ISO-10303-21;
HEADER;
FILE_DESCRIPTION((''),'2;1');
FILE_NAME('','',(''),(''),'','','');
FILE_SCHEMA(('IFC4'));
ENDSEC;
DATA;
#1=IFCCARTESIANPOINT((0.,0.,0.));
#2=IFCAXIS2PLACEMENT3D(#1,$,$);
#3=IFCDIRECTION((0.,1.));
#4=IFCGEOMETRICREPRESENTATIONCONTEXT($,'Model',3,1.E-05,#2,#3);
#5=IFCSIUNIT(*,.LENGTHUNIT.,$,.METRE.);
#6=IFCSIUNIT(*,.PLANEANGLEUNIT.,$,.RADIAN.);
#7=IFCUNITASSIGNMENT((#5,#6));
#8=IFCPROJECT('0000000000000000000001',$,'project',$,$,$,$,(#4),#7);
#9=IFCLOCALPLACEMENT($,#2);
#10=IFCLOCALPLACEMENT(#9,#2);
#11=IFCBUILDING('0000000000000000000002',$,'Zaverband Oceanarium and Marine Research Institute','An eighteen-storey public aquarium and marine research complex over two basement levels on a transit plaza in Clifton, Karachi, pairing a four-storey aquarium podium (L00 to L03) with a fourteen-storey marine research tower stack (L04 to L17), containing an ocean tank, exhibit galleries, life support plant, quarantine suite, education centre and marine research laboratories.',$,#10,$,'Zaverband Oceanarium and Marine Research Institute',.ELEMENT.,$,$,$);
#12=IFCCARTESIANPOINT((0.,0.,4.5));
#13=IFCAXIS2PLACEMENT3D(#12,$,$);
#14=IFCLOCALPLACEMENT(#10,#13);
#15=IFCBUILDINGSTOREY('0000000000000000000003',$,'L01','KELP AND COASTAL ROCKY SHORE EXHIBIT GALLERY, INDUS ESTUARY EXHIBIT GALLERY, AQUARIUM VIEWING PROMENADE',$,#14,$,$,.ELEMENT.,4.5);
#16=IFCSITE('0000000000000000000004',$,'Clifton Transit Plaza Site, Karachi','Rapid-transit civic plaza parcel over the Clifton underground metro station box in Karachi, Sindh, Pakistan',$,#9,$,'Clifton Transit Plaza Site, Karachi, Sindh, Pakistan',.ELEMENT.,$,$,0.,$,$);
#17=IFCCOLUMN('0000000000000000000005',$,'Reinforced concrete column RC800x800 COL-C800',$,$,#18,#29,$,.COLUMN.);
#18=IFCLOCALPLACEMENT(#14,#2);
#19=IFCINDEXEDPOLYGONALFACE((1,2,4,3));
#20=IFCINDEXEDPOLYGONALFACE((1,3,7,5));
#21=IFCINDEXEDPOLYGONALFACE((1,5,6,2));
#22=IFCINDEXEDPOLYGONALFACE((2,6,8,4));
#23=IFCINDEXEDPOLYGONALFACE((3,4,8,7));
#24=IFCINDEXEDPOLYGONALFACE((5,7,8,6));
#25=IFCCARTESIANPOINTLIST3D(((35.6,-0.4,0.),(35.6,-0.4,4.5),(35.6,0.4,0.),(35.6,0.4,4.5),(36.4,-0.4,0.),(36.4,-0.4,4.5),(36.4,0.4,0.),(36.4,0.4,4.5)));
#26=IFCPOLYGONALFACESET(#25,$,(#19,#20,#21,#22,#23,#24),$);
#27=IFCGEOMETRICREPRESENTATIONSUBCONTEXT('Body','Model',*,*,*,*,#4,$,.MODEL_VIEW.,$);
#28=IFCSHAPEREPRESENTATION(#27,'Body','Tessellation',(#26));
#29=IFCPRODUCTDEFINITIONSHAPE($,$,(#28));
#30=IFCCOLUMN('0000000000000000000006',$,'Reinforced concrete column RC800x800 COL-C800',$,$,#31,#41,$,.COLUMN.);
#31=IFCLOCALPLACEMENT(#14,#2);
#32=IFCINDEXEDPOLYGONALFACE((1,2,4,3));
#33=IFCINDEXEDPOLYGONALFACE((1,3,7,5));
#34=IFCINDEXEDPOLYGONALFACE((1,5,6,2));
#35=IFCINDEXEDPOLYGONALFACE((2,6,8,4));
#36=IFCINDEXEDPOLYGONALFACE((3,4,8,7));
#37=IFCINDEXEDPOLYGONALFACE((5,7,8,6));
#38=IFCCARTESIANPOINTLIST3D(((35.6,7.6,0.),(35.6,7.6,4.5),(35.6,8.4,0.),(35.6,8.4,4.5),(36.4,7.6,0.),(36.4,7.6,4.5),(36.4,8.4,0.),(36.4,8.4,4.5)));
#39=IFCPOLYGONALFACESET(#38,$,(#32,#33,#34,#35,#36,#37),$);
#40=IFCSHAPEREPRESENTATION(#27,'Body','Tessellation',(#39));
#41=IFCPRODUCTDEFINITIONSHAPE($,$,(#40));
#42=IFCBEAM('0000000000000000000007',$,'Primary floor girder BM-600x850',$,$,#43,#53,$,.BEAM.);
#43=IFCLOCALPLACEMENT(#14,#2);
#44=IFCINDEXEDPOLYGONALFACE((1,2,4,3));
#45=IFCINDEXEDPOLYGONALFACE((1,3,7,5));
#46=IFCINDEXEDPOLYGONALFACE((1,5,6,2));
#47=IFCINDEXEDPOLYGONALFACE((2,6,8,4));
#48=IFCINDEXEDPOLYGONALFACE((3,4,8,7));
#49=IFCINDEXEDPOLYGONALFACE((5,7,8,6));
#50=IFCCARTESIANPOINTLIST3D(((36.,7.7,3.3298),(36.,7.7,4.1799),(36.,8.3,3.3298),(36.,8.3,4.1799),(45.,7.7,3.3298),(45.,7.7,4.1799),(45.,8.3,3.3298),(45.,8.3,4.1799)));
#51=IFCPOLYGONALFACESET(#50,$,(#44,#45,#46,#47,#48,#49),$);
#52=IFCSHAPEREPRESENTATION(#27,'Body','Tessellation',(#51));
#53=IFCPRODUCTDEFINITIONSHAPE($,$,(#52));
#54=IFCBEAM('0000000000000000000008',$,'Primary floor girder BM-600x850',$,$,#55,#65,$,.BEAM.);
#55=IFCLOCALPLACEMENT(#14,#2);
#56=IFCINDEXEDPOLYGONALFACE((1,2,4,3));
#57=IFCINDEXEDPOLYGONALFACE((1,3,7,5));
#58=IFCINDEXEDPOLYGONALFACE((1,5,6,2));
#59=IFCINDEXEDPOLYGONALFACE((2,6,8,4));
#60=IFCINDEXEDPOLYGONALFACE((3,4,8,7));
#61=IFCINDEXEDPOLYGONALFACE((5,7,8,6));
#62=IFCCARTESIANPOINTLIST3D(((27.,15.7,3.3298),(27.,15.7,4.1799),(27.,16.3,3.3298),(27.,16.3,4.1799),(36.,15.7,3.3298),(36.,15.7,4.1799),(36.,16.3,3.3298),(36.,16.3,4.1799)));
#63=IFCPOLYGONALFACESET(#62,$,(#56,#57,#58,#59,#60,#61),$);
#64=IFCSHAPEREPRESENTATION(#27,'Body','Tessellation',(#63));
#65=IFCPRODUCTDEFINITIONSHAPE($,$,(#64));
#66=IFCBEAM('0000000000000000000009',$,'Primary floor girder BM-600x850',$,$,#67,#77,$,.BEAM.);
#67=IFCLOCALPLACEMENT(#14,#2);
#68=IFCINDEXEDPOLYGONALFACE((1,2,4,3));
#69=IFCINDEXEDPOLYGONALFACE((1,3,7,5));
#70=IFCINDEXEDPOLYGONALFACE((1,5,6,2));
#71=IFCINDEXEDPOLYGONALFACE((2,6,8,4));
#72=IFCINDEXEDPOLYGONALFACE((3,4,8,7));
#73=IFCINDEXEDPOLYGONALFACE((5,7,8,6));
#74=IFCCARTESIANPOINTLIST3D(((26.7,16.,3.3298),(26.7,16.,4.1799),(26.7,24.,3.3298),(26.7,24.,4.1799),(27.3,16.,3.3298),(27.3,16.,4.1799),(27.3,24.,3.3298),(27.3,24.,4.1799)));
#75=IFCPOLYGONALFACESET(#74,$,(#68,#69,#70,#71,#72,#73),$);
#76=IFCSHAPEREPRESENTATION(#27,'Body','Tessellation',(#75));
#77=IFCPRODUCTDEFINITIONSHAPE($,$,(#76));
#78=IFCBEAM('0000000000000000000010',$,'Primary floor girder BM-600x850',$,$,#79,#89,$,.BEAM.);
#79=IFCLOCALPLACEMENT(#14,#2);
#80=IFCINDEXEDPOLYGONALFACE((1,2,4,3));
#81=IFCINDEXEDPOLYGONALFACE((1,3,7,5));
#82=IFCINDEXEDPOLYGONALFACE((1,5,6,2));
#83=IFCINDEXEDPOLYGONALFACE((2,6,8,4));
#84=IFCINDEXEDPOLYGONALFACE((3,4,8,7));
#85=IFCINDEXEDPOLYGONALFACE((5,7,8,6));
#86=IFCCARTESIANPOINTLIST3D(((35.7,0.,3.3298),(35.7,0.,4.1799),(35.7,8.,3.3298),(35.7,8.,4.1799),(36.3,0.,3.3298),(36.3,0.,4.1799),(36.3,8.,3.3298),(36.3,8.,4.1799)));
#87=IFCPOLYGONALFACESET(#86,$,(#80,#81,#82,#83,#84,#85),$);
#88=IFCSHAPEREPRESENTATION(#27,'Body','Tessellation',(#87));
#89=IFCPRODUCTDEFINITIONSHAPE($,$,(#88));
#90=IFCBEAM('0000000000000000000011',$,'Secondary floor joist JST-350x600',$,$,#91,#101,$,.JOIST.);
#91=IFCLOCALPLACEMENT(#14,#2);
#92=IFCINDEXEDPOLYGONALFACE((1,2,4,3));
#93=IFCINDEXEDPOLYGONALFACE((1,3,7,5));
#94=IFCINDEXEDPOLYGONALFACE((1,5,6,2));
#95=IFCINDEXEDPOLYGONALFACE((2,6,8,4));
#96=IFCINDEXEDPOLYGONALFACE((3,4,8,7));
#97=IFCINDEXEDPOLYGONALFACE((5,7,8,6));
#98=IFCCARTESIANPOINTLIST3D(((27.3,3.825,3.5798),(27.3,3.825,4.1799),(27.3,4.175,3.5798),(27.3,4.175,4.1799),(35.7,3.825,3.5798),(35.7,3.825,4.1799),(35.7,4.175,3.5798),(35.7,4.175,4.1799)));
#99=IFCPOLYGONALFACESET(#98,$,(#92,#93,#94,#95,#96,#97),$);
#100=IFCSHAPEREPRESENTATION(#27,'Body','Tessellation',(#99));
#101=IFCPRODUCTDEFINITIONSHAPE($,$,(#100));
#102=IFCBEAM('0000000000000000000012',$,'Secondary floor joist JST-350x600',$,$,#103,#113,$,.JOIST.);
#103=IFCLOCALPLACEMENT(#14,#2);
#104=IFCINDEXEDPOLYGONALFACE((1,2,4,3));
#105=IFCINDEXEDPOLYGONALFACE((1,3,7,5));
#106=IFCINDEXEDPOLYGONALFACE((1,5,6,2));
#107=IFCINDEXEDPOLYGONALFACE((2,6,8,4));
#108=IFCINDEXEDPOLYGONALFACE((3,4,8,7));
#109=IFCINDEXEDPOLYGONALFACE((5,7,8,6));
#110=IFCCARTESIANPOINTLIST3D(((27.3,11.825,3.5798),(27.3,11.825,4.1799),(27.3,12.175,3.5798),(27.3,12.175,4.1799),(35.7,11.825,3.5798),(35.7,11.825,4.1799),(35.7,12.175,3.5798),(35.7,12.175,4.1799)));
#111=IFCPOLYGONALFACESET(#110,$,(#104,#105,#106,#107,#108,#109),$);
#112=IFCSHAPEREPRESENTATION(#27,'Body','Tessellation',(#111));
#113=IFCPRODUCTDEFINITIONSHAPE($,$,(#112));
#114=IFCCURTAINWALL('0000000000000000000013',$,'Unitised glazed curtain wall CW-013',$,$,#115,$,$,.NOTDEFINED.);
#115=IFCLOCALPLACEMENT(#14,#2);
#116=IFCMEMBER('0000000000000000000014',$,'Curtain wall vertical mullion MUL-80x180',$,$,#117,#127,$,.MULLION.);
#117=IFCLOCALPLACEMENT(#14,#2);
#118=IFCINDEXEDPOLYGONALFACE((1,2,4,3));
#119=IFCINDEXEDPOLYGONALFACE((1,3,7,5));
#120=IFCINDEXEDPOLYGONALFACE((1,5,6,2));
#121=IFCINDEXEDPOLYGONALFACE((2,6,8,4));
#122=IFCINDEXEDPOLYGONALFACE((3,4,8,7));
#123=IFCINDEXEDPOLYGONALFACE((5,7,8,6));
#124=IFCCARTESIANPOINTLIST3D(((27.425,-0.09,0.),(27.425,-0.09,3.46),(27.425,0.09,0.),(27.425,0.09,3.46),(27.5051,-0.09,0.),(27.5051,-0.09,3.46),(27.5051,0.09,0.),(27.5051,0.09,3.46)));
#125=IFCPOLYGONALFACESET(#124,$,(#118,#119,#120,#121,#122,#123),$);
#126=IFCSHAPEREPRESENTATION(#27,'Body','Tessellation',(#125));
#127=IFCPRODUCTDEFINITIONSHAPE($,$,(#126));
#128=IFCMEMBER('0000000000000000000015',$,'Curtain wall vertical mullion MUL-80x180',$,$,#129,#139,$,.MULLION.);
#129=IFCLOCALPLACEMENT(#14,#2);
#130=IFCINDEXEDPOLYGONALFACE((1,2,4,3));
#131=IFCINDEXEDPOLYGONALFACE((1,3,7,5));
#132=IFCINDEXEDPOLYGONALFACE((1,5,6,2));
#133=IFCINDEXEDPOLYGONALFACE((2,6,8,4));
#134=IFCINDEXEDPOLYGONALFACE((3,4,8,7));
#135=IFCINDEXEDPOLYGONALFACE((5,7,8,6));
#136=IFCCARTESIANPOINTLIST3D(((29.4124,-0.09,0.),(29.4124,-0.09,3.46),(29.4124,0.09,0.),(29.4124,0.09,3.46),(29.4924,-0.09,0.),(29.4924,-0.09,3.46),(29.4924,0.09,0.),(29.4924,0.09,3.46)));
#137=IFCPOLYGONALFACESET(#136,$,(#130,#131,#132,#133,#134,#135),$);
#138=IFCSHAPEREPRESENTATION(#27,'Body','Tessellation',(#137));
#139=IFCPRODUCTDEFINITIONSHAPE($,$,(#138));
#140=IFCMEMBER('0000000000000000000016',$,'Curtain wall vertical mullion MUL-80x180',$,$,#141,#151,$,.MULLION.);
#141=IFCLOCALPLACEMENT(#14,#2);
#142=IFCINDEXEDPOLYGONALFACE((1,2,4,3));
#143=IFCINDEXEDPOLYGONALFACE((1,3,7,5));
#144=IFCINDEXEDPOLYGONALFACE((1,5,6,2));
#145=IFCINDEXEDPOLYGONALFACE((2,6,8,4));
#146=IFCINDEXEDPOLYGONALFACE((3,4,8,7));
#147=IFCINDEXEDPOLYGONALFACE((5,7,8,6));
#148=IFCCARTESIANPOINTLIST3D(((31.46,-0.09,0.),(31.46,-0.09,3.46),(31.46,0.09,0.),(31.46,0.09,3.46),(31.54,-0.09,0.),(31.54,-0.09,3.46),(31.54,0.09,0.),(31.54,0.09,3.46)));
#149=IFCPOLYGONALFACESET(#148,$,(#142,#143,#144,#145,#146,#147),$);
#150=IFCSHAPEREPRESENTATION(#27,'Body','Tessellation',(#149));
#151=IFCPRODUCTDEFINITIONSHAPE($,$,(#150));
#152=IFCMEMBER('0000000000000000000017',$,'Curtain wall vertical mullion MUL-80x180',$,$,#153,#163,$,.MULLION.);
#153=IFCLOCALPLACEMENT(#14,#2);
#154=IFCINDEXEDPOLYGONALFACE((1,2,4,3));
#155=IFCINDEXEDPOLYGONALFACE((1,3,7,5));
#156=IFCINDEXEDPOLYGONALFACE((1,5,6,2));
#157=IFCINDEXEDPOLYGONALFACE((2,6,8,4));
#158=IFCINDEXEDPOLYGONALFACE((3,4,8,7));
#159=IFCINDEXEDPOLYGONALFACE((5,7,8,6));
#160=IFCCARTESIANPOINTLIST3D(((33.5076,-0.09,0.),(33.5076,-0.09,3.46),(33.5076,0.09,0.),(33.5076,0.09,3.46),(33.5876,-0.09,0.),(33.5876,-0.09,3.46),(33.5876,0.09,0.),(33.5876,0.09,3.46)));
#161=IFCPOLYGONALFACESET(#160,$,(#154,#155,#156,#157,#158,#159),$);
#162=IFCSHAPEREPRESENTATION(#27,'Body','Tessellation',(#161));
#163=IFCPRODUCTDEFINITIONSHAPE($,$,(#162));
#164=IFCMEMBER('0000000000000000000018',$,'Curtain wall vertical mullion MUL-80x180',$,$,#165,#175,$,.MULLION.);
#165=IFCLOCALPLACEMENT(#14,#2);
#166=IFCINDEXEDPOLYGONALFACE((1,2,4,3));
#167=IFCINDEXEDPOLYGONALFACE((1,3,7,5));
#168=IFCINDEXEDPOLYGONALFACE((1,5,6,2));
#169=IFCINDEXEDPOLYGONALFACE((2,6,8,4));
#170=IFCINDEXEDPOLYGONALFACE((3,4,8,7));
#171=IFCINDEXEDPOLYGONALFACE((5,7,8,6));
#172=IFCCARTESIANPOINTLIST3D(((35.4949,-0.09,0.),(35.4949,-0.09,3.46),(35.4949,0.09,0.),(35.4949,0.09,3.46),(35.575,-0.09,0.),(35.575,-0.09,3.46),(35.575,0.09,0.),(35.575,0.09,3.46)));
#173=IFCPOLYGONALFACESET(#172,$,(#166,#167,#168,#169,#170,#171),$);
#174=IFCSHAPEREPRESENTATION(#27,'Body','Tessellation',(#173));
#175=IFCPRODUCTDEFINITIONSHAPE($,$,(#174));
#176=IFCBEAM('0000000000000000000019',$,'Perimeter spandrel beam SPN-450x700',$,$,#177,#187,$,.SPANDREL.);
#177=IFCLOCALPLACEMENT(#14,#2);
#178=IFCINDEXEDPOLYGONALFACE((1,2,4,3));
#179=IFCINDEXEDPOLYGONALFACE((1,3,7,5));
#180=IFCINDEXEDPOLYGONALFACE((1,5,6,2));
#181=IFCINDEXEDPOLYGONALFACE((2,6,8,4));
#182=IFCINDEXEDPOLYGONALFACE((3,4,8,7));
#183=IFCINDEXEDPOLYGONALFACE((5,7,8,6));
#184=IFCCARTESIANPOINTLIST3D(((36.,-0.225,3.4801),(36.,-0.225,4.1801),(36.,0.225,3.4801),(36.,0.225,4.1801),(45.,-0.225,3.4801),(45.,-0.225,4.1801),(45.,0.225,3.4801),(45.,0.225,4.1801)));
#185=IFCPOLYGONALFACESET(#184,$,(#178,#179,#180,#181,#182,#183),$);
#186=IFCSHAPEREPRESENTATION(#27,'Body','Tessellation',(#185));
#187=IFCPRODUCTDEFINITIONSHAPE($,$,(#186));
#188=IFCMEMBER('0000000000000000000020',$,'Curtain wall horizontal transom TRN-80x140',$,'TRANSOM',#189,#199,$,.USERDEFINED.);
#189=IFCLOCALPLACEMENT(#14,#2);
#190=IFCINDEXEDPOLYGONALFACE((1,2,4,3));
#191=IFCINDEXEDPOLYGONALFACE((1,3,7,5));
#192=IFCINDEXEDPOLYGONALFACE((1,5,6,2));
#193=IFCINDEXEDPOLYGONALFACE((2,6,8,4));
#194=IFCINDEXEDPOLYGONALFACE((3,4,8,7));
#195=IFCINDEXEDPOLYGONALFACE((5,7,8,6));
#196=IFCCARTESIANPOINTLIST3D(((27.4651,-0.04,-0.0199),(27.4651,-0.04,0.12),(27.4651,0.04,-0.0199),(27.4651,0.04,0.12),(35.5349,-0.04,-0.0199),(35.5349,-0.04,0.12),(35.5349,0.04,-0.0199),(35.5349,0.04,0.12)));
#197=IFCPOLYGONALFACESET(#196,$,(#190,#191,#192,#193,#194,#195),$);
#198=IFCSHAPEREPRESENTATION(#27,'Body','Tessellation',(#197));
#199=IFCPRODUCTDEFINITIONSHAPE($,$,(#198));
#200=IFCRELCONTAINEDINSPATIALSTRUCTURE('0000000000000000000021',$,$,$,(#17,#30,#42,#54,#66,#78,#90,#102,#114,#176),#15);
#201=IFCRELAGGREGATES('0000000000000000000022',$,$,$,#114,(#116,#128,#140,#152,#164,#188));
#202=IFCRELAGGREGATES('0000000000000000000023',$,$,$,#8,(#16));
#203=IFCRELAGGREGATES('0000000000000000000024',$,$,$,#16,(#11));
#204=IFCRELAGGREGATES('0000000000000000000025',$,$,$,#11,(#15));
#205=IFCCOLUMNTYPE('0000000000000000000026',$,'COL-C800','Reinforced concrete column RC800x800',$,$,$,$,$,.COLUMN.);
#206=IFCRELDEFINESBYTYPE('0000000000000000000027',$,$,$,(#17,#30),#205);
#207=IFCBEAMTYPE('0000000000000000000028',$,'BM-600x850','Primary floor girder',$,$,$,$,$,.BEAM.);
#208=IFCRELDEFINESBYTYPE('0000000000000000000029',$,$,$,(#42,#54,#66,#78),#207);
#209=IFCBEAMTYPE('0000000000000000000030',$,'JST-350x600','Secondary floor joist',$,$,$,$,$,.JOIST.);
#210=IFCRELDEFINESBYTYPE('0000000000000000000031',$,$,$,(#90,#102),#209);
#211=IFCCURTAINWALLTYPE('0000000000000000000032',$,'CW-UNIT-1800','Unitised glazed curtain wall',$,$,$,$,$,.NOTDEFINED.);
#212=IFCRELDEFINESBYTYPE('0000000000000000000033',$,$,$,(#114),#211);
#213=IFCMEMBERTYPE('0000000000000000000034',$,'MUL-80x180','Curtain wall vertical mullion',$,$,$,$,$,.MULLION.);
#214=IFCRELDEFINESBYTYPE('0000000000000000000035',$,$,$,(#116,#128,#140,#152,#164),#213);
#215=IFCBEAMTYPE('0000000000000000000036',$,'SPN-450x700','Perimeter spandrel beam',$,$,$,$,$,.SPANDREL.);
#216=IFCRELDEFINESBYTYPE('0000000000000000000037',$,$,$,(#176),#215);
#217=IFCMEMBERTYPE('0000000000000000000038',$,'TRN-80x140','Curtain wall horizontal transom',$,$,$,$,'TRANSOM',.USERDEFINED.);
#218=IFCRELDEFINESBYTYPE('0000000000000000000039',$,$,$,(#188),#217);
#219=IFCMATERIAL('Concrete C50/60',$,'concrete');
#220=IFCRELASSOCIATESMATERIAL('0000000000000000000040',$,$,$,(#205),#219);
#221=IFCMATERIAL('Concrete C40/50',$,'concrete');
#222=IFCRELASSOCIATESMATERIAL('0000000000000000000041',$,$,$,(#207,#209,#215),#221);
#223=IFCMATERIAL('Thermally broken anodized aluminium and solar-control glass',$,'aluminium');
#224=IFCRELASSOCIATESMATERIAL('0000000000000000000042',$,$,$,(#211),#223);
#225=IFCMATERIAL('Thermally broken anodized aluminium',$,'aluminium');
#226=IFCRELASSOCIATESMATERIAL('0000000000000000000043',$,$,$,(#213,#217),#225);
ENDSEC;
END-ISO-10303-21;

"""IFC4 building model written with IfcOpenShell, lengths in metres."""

from ifc_helpers import new_model, si_unit, direction, frame, origin, origin_2d, place, context, subcontext, project, spatial, rectangle, extrude, material, material_profile, profile_set, type_object, element, aggregate, save


model = new_model("IFC4")

# Units and contexts
model_context = context("Model", 3, precision=1e-05, world=origin(), true_north=direction((0.0, 1.0)))
body_context = subcontext(model_context, "Body", "Model", "MODEL_VIEW")
ifc_project = project(units=[si_unit("LENGTHUNIT", "METRE"), si_unit("PLANEANGLEUNIT", "RADIAN")], contexts=[model_context])

# Site, building, storey
site_placement = place(None, origin())
site = spatial("IfcSite", under=ifc_project, at=site_placement, Name="Clifton Transit Plaza Site, Karachi", Description="Rapid-transit civic plaza parcel over the Clifton underground metro station box in Karachi, Sindh, Pakistan", LongName="Clifton Transit Plaza Site, Karachi, Sindh, Pakistan", CompositionType="ELEMENT", RefElevation=0.0)
building_placement = place(site_placement, origin())
building = spatial("IfcBuilding", under=site, at=building_placement, Name="Zaverband Oceanarium and Marine Research Institute", Description="An eighteen-storey public aquarium and marine research complex over two basement levels on a transit plaza in Clifton, Karachi, pairing a four-storey aquarium podium (L00 to L03) with a fourteen-storey marine research tower stack (L04 to L17), containing an ocean tank, exhibit galleries, life support plant, quarantine suite, education centre and marine research laboratories.", LongName="Zaverband Oceanarium and Marine Research Institute", CompositionType="ELEMENT")
storey_placement = place(building_placement, frame((0.0, 0.0, 4.5)))
storey = spatial("IfcBuildingStorey", under=building, at=storey_placement, Name="L01", Description="KELP AND COASTAL ROCKY SHORE EXHIBIT GALLERY, INDUS ESTUARY EXHIBIT GALLERY, AQUARIUM VIEWING PROMENADE", CompositionType="ELEMENT", Elevation=4.5)

# Columns
ifc_material_1 = material(Name="Concrete C50/60", Category="concrete")
ifc_material_profile_1 = material_profile(ifc_material_1, rectangle(XDim=0.8, YDim=0.8, at=origin_2d()), Name="RC800x800")
ifc_profile_set_1 = profile_set([ifc_material_profile_1], Name="Concrete C50/60")
column_type = type_object("IfcColumnType", Name="COL-C800", Description="Reinforced concrete column RC800x800", PredefinedType="COLUMN", material=ifc_profile_set_1)
for number, where, z_axis, x_axis, name in (
    (1, (36.0, 0.0, 0.0), (0.0, 0.0, 1.0), (1.0, 0.0, 0.0), "Reinforced concrete column RC800x800 COL-C800"),
    (2, (36.0, 8.0, 0.0), (0.0, 0.0, 1.0), (1.0, 0.0, 0.0), "Reinforced concrete column RC800x800 COL-C800"),
):
    element("IfcColumn", number, at=place(storey_placement, frame(where, z_axis=z_axis, x_axis=x_axis)), inside=storey, type_object=column_type, Name=name, PredefinedType="COLUMN", context=body_context, shape_type="SweptSolid", body=[
        extrude(rectangle(XDim=0.8, YDim=0.8, at=origin_2d()), origin(), (0.0, 0.0, 1.0), 4.5),
    ])

# Beams
ifc_material_2 = material(Name="Concrete C40/50", Category="concrete")
ifc_material_profile_2 = material_profile(ifc_material_2, rectangle(XDim=0.6001, YDim=0.8501, at=origin_2d()), Name="RC600x850")
ifc_profile_set_2 = profile_set([ifc_material_profile_2], Name="Concrete C40/50")
beam_type_1 = type_object("IfcBeamType", Name="BM-600x850", Description="Primary floor girder", PredefinedType="BEAM", material=ifc_profile_set_2)
for number, where, z_axis, x_axis, name in (
    (3, (36.0, 8.0, 3.7549), (1.0, 0.0, 0.0), (0.0, 1.0, 0.0), "Primary floor girder BM-600x850"),
    (4, (27.0, 16.0, 3.7549), (1.0, 0.0, 0.0), (0.0, 1.0, 0.0), "Primary floor girder BM-600x850"),
):
    element("IfcBeam", number, at=place(storey_placement, frame(where, z_axis=z_axis, x_axis=x_axis)), inside=storey, type_object=beam_type_1, Name=name, PredefinedType="BEAM", context=body_context, shape_type="SweptSolid", body=[
        extrude(rectangle(XDim=0.6001, YDim=0.8501, at=origin_2d()), origin(), (0.0, 0.0, 1.0), 9.0),
    ])
for number, where, z_axis, x_axis, name in (
    (5, (27.0, 16.0, 3.7549), (0.0, 1.0, 0.0), (-1.0, 0.0, 0.0), "Primary floor girder BM-600x850"),
    (6, (36.0, 0.0, 3.7549), (0.0, 1.0, 0.0), (-1.0, 0.0, 0.0), "Primary floor girder BM-600x850"),
):
    element("IfcBeam", number, at=place(storey_placement, frame(where, z_axis=z_axis, x_axis=x_axis)), inside=storey, type_object=beam_type_1, Name=name, PredefinedType="BEAM", context=body_context, shape_type="SweptSolid", body=[
        extrude(rectangle(XDim=0.6001, YDim=0.8501, at=origin_2d()), origin(), (0.0, 0.0, 1.0), 8.0),
    ])
ifc_material_profile_3 = material_profile(ifc_material_2, rectangle(XDim=0.3501, YDim=0.6001, at=origin_2d()), Name="RC350x600")
ifc_profile_set_3 = profile_set([ifc_material_profile_3], Name="Concrete C40/50")
beam_type_2 = type_object("IfcBeamType", Name="JST-350x600", Description="Secondary floor joist", PredefinedType="JOIST", material=ifc_profile_set_3)
for number, where, z_axis, x_axis, name in (
    (7, (27.3, 4.0, 3.8799), (1.0, 0.0, 0.0), (0.0, 1.0, 0.0), "Secondary floor joist JST-350x600"),
    (8, (27.3, 12.0, 3.8799), (1.0, 0.0, 0.0), (0.0, 1.0, 0.0), "Secondary floor joist JST-350x600"),
):
    element("IfcBeam", number, at=place(storey_placement, frame(where, z_axis=z_axis, x_axis=x_axis)), inside=storey, type_object=beam_type_2, Name=name, PredefinedType="JOIST", context=body_context, shape_type="SweptSolid", body=[
        extrude(rectangle(XDim=0.3501, YDim=0.6001, at=origin_2d()), origin(), (0.0, 0.0, 1.0), 8.3999),
    ])

# Curtain wall, members
ifc_material_3 = material(Name="Thermally broken anodized aluminium and solar-control glass", Category="aluminium")
curtain_wall_type = type_object("IfcCurtainWallType", Name="CW-UNIT-1800", Description="Unitised glazed curtain wall", PredefinedType="NOTDEFINED", material=ifc_material_3)
curtain_wall_placement = place(storey_placement, origin())
curtain_wall = element("IfcCurtainWall", 9, at=curtain_wall_placement, inside=storey, type_object=curtain_wall_type, Name="Unitised glazed curtain wall CW-013", PredefinedType="NOTDEFINED")
ifc_material_4 = material(Name="Thermally broken anodized aluminium", Category="aluminium")
ifc_material_profile_4 = material_profile(ifc_material_4, rectangle(XDim=0.0801, YDim=0.1799, at=origin_2d()), Name="AL-MUL-80x180")
ifc_profile_set_4 = profile_set([ifc_material_profile_4], Name="Thermally broken anodized aluminium")
member_type_1 = type_object("IfcMemberType", Name="MUL-80x180", Description="Curtain wall vertical mullion", PredefinedType="MULLION", material=ifc_profile_set_4)
member_1_placement = place(storey_placement, frame((27.4651, 0.0, 0.0), z_axis=(0.0, 0.0, 1.0), x_axis=(1.0, 0.0, 0.0)))
member_1 = element("IfcMember", 10, at=member_1_placement, type_object=member_type_1, Name="Curtain wall vertical mullion MUL-80x180", PredefinedType="MULLION", context=body_context, shape_type="SweptSolid", body=[
    extrude(rectangle(XDim=0.0801, YDim=0.1799, at=origin_2d()), origin(), (0.0, 0.0, 1.0), 3.46),
])
member_2_placement = place(storey_placement, frame((29.4524, 0.0, 0.0), z_axis=(0.0, 0.0, 1.0), x_axis=(1.0, 0.0, 0.0)))
member_2 = element("IfcMember", 11, at=member_2_placement, type_object=member_type_1, Name="Curtain wall vertical mullion MUL-80x180", PredefinedType="MULLION", context=body_context, shape_type="SweptSolid", body=[
    extrude(rectangle(XDim=0.0801, YDim=0.1799, at=origin_2d()), origin(), (0.0, 0.0, 1.0), 3.46),
])
member_3_placement = place(storey_placement, frame((31.5, 0.0, 0.0), z_axis=(0.0, 0.0, 1.0), x_axis=(1.0, 0.0, 0.0)))
member_3 = element("IfcMember", 12, at=member_3_placement, type_object=member_type_1, Name="Curtain wall vertical mullion MUL-80x180", PredefinedType="MULLION", context=body_context, shape_type="SweptSolid", body=[
    extrude(rectangle(XDim=0.0801, YDim=0.1799, at=origin_2d()), origin(), (0.0, 0.0, 1.0), 3.46),
])
member_4_placement = place(storey_placement, frame((33.5476, 0.0, 0.0), z_axis=(0.0, 0.0, 1.0), x_axis=(1.0, 0.0, 0.0)))
member_4 = element("IfcMember", 13, at=member_4_placement, type_object=member_type_1, Name="Curtain wall vertical mullion MUL-80x180", PredefinedType="MULLION", context=body_context, shape_type="SweptSolid", body=[
    extrude(rectangle(XDim=0.0801, YDim=0.1799, at=origin_2d()), origin(), (0.0, 0.0, 1.0), 3.46),
])
member_5_placement = place(storey_placement, frame((35.5349, 0.0, 0.0), z_axis=(0.0, 0.0, 1.0), x_axis=(1.0, 0.0, 0.0)))
member_5 = element("IfcMember", 14, at=member_5_placement, type_object=member_type_1, Name="Curtain wall vertical mullion MUL-80x180", PredefinedType="MULLION", context=body_context, shape_type="SweptSolid", body=[
    extrude(rectangle(XDim=0.0801, YDim=0.1799, at=origin_2d()), origin(), (0.0, 0.0, 1.0), 3.46),
])

# Beam
ifc_material_profile_5 = material_profile(ifc_material_2, rectangle(XDim=0.45, YDim=0.7, at=origin_2d()), Name="RC450x700")
ifc_profile_set_5 = profile_set([ifc_material_profile_5], Name="Concrete C40/50")
beam_type_3 = type_object("IfcBeamType", Name="SPN-450x700", Description="Perimeter spandrel beam", PredefinedType="SPANDREL", material=ifc_profile_set_5)
beam_placement = place(storey_placement, frame((36.0, 0.0, 3.8301), z_axis=(1.0, 0.0, 0.0), x_axis=(0.0, 1.0, 0.0)))
element("IfcBeam", 15, at=beam_placement, inside=storey, type_object=beam_type_3, Name="Perimeter spandrel beam SPN-450x700", PredefinedType="SPANDREL", context=body_context, shape_type="SweptSolid", body=[
    extrude(rectangle(XDim=0.45, YDim=0.7, at=origin_2d()), origin(), (0.0, 0.0, 1.0), 9.0),
])

# Member
ifc_material_profile_6 = material_profile(ifc_material_4, rectangle(XDim=0.0801, YDim=0.1399, at=origin_2d()), Name="AL-TRN-80x140")
ifc_profile_set_6 = profile_set([ifc_material_profile_6], Name="Thermally broken anodized aluminium")
member_type_2 = type_object("IfcMemberType", Name="TRN-80x140", Description="Curtain wall horizontal transom", ElementType="TRANSOM", PredefinedType="USERDEFINED", material=ifc_profile_set_6)
member_6_placement = place(storey_placement, frame((27.4651, 0.0, 0.05), z_axis=(1.0, 0.0, 0.0), x_axis=(0.0, 1.0, 0.0)))
member_6 = element("IfcMember", 16, at=member_6_placement, type_object=member_type_2, Name="Curtain wall horizontal transom TRN-80x140", ObjectType="TRANSOM", PredefinedType="USERDEFINED", context=body_context, shape_type="SweptSolid", body=[
    extrude(rectangle(XDim=0.0801, YDim=0.1399, at=origin_2d()), origin(), (0.0, 0.0, 1.0), 8.0698),
])

aggregate(curtain_wall, [member_1, member_2, member_3, member_4, member_5, member_6])

save(model, "model.ifc")
